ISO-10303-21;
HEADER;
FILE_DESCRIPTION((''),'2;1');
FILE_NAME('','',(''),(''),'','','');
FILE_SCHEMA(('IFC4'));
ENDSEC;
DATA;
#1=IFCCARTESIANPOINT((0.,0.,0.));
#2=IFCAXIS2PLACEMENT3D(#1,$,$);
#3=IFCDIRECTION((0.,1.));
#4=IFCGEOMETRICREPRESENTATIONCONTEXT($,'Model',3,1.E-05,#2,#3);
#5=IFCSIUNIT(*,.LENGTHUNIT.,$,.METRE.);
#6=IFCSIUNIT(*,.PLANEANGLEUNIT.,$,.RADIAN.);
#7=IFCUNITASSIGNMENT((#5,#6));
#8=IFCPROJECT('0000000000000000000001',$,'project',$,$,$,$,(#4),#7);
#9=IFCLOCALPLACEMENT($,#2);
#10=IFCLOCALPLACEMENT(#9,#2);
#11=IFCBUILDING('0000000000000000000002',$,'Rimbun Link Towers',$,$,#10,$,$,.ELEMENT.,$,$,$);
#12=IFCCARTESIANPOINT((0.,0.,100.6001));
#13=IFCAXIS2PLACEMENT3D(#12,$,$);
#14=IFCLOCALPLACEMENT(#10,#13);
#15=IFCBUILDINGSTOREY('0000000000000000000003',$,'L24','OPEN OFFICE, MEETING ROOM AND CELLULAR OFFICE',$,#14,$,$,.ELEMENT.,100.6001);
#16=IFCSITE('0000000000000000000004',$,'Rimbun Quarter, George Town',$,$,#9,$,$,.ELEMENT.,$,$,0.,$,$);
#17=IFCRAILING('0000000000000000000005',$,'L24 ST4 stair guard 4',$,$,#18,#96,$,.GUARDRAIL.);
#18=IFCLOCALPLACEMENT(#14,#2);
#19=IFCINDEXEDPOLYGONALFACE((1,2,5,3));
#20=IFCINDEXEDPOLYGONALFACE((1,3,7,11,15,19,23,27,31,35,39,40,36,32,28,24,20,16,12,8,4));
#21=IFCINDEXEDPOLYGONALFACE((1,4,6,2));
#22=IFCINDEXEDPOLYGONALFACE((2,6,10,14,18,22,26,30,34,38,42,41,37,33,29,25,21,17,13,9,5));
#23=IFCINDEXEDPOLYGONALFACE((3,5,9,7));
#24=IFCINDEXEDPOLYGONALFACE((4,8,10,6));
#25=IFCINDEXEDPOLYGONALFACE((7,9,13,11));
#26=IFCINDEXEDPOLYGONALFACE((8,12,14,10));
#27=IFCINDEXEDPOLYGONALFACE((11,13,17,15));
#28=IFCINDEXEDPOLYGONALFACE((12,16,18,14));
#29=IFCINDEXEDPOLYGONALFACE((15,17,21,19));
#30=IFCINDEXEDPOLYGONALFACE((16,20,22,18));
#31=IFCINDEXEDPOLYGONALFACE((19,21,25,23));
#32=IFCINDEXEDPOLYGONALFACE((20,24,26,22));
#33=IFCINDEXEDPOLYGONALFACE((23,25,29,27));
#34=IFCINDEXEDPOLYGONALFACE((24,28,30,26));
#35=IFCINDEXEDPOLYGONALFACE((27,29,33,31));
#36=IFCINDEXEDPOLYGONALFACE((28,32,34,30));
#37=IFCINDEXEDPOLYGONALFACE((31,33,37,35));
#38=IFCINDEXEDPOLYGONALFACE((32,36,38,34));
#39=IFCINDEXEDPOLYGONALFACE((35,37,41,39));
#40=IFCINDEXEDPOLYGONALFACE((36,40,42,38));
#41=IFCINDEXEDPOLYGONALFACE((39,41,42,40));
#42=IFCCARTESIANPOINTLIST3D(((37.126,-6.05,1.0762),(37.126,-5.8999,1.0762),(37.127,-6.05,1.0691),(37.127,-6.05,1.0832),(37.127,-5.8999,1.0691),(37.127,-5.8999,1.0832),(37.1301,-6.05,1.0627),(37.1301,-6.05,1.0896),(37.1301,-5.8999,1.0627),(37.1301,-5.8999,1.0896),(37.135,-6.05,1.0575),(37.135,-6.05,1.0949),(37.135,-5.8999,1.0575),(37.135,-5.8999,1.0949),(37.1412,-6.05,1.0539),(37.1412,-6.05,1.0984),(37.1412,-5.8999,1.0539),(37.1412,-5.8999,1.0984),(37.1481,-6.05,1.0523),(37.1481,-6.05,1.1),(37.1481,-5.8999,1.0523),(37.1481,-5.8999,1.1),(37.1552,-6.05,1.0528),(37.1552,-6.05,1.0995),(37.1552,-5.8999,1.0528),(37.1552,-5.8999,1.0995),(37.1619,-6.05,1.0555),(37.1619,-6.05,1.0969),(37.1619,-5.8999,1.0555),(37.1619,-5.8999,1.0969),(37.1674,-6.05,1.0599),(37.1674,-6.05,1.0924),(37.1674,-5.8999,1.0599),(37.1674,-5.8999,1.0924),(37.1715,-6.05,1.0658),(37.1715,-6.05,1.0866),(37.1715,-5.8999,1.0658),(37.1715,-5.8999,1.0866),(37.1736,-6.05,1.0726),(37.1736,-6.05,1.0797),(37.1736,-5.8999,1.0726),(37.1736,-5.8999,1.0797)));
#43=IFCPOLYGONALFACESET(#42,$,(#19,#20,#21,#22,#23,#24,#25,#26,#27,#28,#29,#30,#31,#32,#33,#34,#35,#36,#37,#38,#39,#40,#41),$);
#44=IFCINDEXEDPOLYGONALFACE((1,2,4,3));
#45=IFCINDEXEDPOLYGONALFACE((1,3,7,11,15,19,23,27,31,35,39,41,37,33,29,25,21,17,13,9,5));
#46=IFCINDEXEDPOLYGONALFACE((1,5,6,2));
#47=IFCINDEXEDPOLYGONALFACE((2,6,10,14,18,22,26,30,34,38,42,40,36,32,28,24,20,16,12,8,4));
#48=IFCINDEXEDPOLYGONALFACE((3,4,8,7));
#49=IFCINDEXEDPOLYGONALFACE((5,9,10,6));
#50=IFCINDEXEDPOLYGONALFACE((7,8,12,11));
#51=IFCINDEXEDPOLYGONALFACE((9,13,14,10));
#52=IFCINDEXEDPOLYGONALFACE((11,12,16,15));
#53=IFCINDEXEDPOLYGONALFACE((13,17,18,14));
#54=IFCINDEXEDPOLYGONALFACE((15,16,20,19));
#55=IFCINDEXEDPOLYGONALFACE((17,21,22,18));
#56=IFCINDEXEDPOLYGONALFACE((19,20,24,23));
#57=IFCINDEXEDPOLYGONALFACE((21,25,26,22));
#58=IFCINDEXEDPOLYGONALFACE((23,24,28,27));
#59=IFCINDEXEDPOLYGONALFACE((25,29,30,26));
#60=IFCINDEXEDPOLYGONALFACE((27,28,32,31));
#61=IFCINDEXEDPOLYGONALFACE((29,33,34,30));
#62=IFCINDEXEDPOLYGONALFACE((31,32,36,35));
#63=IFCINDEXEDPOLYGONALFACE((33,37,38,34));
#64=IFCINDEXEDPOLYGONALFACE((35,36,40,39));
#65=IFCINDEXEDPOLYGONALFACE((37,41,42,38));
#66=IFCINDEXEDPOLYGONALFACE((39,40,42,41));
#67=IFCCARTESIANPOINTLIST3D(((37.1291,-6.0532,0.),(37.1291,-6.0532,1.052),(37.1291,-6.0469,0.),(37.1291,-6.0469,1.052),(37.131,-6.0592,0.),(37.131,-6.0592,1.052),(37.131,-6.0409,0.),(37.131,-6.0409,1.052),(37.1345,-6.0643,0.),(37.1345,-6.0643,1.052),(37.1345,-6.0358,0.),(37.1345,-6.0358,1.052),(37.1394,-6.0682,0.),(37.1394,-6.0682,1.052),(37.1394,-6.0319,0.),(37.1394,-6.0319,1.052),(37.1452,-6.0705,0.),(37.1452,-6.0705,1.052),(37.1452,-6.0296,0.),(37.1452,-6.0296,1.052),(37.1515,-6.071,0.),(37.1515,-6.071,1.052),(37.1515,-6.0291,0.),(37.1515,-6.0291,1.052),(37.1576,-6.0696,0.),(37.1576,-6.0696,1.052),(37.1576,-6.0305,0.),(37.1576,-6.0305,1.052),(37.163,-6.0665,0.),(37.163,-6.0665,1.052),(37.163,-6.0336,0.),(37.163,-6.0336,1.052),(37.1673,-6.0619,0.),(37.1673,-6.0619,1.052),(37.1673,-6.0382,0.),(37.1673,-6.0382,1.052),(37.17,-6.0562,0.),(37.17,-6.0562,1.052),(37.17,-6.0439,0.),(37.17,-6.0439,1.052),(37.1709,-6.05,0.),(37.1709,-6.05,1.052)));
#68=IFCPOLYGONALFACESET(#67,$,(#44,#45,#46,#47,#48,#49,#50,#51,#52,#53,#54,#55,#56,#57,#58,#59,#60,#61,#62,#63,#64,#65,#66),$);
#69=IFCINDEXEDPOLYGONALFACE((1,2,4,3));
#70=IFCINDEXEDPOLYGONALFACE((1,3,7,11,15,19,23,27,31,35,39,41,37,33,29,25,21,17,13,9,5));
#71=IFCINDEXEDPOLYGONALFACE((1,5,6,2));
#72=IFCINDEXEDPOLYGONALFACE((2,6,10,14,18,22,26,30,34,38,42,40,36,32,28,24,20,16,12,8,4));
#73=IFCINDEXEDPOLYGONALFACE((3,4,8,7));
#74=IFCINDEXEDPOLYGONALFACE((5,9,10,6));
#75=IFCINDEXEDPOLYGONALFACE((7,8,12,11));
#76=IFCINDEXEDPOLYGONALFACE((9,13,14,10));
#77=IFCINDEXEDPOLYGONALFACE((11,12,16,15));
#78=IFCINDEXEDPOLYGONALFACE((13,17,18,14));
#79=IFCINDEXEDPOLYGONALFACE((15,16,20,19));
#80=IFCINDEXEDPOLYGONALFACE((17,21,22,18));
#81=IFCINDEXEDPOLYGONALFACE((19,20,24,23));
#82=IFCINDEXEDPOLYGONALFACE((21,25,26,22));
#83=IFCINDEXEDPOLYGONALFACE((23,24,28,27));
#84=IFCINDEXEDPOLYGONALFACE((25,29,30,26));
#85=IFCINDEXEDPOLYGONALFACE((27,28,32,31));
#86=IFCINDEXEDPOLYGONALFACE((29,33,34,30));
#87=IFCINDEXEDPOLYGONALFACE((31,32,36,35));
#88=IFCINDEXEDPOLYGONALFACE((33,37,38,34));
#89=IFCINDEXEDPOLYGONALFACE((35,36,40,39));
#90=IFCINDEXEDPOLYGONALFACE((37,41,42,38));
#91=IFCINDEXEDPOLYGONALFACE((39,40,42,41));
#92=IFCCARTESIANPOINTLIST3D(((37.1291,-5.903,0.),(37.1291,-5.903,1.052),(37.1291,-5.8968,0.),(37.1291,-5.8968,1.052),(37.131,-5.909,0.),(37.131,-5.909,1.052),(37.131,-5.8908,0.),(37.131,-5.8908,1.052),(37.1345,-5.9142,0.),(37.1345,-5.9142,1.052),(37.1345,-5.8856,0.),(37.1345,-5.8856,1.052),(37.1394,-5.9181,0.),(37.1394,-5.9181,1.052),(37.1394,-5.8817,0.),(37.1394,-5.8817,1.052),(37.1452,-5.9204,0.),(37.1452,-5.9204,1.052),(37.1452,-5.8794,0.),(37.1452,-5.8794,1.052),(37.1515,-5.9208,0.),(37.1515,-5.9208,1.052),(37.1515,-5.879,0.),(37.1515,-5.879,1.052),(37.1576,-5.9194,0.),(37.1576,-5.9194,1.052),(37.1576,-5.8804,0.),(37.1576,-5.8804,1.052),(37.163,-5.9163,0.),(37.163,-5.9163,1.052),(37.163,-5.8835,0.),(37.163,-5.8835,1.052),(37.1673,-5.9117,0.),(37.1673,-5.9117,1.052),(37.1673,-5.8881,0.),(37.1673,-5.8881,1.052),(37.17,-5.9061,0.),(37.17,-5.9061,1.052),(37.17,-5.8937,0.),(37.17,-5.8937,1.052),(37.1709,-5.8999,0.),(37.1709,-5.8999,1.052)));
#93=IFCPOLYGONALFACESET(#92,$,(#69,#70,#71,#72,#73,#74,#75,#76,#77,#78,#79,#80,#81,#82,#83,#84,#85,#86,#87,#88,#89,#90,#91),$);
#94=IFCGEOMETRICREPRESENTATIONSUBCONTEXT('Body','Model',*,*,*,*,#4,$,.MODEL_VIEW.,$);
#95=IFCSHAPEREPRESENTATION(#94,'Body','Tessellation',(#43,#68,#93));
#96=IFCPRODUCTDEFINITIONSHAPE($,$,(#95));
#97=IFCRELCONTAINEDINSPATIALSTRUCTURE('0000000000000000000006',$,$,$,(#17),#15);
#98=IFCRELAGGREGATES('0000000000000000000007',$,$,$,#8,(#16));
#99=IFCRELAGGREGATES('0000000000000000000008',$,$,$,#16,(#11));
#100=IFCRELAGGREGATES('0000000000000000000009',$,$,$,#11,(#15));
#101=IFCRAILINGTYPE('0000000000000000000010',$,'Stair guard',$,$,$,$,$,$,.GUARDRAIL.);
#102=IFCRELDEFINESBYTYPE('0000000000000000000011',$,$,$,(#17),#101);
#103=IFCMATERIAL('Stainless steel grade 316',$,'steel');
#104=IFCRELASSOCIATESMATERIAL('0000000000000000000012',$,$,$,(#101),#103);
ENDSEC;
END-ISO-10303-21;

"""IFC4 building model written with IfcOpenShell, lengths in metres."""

from ifc_helpers import new_model, si_unit, direction, frame, origin, origin_2d, place, context, subcontext, project, spatial, circle, extrude, material, type_object, element, save


model = new_model("IFC4")

# Units and contexts
model_context = context("Model", 3, precision=1e-05, world=origin(), true_north=direction((0.0, 1.0)))
body_context = subcontext(model_context, "Body", "Model", "MODEL_VIEW")
ifc_project = project(units=[si_unit("LENGTHUNIT", "METRE"), si_unit("PLANEANGLEUNIT", "RADIAN")], contexts=[model_context])

# Site, building, storey
site_placement = place(None, origin())
site = spatial("IfcSite", under=ifc_project, at=site_placement, Name="Rimbun Quarter, George Town", CompositionType="ELEMENT", RefElevation=0.0)
building_placement = place(site_placement, origin())
building = spatial("IfcBuilding", under=site, at=building_placement, Name="Rimbun Link Towers", CompositionType="ELEMENT")
storey_placement = place(building_placement, frame((0.0, 0.0, 100.6001)))
storey = spatial("IfcBuildingStorey", under=building, at=storey_placement, Name="L24", Description="OPEN OFFICE, MEETING ROOM AND CELLULAR OFFICE", CompositionType="ELEMENT", Elevation=100.6001)

# Railing
ifc_material_1 = material(Name="Stainless steel grade 316", Category="steel")
railing_type_1 = type_object("IfcRailingType", Name="Stair guard", PredefinedType="GUARDRAIL", material=ifc_material_1)
railing_1_placement = place(storey_placement, frame((37.1499, -6.05, 0.0)))
element("IfcRailing", 1, at=railing_1_placement, inside=storey, type_object=railing_type_1, Name="L24 ST4 stair guard 4", PredefinedType="GUARDRAIL", context=body_context, shape_type="SweptSolid", body=[
    extrude(circle(Radius=0.0239, at=origin_2d()), frame((0.0, 0.0, 1.0762), z_axis=(0.0, 1.0, 0.0), x_axis=(-1.0, 0.0, 0.0)), (0.0, 0.0, 1.0), 0.1501),
    extrude(circle(Radius=0.021, at=origin_2d()), origin(), (0.0, 0.0, 1.0), 1.052),
    extrude(circle(Radius=0.021, at=origin_2d()), frame((0.0, 0.1501, 0.0)), (0.0, 0.0, 1.0), 1.052),
])

save(model, "model.ifc")
